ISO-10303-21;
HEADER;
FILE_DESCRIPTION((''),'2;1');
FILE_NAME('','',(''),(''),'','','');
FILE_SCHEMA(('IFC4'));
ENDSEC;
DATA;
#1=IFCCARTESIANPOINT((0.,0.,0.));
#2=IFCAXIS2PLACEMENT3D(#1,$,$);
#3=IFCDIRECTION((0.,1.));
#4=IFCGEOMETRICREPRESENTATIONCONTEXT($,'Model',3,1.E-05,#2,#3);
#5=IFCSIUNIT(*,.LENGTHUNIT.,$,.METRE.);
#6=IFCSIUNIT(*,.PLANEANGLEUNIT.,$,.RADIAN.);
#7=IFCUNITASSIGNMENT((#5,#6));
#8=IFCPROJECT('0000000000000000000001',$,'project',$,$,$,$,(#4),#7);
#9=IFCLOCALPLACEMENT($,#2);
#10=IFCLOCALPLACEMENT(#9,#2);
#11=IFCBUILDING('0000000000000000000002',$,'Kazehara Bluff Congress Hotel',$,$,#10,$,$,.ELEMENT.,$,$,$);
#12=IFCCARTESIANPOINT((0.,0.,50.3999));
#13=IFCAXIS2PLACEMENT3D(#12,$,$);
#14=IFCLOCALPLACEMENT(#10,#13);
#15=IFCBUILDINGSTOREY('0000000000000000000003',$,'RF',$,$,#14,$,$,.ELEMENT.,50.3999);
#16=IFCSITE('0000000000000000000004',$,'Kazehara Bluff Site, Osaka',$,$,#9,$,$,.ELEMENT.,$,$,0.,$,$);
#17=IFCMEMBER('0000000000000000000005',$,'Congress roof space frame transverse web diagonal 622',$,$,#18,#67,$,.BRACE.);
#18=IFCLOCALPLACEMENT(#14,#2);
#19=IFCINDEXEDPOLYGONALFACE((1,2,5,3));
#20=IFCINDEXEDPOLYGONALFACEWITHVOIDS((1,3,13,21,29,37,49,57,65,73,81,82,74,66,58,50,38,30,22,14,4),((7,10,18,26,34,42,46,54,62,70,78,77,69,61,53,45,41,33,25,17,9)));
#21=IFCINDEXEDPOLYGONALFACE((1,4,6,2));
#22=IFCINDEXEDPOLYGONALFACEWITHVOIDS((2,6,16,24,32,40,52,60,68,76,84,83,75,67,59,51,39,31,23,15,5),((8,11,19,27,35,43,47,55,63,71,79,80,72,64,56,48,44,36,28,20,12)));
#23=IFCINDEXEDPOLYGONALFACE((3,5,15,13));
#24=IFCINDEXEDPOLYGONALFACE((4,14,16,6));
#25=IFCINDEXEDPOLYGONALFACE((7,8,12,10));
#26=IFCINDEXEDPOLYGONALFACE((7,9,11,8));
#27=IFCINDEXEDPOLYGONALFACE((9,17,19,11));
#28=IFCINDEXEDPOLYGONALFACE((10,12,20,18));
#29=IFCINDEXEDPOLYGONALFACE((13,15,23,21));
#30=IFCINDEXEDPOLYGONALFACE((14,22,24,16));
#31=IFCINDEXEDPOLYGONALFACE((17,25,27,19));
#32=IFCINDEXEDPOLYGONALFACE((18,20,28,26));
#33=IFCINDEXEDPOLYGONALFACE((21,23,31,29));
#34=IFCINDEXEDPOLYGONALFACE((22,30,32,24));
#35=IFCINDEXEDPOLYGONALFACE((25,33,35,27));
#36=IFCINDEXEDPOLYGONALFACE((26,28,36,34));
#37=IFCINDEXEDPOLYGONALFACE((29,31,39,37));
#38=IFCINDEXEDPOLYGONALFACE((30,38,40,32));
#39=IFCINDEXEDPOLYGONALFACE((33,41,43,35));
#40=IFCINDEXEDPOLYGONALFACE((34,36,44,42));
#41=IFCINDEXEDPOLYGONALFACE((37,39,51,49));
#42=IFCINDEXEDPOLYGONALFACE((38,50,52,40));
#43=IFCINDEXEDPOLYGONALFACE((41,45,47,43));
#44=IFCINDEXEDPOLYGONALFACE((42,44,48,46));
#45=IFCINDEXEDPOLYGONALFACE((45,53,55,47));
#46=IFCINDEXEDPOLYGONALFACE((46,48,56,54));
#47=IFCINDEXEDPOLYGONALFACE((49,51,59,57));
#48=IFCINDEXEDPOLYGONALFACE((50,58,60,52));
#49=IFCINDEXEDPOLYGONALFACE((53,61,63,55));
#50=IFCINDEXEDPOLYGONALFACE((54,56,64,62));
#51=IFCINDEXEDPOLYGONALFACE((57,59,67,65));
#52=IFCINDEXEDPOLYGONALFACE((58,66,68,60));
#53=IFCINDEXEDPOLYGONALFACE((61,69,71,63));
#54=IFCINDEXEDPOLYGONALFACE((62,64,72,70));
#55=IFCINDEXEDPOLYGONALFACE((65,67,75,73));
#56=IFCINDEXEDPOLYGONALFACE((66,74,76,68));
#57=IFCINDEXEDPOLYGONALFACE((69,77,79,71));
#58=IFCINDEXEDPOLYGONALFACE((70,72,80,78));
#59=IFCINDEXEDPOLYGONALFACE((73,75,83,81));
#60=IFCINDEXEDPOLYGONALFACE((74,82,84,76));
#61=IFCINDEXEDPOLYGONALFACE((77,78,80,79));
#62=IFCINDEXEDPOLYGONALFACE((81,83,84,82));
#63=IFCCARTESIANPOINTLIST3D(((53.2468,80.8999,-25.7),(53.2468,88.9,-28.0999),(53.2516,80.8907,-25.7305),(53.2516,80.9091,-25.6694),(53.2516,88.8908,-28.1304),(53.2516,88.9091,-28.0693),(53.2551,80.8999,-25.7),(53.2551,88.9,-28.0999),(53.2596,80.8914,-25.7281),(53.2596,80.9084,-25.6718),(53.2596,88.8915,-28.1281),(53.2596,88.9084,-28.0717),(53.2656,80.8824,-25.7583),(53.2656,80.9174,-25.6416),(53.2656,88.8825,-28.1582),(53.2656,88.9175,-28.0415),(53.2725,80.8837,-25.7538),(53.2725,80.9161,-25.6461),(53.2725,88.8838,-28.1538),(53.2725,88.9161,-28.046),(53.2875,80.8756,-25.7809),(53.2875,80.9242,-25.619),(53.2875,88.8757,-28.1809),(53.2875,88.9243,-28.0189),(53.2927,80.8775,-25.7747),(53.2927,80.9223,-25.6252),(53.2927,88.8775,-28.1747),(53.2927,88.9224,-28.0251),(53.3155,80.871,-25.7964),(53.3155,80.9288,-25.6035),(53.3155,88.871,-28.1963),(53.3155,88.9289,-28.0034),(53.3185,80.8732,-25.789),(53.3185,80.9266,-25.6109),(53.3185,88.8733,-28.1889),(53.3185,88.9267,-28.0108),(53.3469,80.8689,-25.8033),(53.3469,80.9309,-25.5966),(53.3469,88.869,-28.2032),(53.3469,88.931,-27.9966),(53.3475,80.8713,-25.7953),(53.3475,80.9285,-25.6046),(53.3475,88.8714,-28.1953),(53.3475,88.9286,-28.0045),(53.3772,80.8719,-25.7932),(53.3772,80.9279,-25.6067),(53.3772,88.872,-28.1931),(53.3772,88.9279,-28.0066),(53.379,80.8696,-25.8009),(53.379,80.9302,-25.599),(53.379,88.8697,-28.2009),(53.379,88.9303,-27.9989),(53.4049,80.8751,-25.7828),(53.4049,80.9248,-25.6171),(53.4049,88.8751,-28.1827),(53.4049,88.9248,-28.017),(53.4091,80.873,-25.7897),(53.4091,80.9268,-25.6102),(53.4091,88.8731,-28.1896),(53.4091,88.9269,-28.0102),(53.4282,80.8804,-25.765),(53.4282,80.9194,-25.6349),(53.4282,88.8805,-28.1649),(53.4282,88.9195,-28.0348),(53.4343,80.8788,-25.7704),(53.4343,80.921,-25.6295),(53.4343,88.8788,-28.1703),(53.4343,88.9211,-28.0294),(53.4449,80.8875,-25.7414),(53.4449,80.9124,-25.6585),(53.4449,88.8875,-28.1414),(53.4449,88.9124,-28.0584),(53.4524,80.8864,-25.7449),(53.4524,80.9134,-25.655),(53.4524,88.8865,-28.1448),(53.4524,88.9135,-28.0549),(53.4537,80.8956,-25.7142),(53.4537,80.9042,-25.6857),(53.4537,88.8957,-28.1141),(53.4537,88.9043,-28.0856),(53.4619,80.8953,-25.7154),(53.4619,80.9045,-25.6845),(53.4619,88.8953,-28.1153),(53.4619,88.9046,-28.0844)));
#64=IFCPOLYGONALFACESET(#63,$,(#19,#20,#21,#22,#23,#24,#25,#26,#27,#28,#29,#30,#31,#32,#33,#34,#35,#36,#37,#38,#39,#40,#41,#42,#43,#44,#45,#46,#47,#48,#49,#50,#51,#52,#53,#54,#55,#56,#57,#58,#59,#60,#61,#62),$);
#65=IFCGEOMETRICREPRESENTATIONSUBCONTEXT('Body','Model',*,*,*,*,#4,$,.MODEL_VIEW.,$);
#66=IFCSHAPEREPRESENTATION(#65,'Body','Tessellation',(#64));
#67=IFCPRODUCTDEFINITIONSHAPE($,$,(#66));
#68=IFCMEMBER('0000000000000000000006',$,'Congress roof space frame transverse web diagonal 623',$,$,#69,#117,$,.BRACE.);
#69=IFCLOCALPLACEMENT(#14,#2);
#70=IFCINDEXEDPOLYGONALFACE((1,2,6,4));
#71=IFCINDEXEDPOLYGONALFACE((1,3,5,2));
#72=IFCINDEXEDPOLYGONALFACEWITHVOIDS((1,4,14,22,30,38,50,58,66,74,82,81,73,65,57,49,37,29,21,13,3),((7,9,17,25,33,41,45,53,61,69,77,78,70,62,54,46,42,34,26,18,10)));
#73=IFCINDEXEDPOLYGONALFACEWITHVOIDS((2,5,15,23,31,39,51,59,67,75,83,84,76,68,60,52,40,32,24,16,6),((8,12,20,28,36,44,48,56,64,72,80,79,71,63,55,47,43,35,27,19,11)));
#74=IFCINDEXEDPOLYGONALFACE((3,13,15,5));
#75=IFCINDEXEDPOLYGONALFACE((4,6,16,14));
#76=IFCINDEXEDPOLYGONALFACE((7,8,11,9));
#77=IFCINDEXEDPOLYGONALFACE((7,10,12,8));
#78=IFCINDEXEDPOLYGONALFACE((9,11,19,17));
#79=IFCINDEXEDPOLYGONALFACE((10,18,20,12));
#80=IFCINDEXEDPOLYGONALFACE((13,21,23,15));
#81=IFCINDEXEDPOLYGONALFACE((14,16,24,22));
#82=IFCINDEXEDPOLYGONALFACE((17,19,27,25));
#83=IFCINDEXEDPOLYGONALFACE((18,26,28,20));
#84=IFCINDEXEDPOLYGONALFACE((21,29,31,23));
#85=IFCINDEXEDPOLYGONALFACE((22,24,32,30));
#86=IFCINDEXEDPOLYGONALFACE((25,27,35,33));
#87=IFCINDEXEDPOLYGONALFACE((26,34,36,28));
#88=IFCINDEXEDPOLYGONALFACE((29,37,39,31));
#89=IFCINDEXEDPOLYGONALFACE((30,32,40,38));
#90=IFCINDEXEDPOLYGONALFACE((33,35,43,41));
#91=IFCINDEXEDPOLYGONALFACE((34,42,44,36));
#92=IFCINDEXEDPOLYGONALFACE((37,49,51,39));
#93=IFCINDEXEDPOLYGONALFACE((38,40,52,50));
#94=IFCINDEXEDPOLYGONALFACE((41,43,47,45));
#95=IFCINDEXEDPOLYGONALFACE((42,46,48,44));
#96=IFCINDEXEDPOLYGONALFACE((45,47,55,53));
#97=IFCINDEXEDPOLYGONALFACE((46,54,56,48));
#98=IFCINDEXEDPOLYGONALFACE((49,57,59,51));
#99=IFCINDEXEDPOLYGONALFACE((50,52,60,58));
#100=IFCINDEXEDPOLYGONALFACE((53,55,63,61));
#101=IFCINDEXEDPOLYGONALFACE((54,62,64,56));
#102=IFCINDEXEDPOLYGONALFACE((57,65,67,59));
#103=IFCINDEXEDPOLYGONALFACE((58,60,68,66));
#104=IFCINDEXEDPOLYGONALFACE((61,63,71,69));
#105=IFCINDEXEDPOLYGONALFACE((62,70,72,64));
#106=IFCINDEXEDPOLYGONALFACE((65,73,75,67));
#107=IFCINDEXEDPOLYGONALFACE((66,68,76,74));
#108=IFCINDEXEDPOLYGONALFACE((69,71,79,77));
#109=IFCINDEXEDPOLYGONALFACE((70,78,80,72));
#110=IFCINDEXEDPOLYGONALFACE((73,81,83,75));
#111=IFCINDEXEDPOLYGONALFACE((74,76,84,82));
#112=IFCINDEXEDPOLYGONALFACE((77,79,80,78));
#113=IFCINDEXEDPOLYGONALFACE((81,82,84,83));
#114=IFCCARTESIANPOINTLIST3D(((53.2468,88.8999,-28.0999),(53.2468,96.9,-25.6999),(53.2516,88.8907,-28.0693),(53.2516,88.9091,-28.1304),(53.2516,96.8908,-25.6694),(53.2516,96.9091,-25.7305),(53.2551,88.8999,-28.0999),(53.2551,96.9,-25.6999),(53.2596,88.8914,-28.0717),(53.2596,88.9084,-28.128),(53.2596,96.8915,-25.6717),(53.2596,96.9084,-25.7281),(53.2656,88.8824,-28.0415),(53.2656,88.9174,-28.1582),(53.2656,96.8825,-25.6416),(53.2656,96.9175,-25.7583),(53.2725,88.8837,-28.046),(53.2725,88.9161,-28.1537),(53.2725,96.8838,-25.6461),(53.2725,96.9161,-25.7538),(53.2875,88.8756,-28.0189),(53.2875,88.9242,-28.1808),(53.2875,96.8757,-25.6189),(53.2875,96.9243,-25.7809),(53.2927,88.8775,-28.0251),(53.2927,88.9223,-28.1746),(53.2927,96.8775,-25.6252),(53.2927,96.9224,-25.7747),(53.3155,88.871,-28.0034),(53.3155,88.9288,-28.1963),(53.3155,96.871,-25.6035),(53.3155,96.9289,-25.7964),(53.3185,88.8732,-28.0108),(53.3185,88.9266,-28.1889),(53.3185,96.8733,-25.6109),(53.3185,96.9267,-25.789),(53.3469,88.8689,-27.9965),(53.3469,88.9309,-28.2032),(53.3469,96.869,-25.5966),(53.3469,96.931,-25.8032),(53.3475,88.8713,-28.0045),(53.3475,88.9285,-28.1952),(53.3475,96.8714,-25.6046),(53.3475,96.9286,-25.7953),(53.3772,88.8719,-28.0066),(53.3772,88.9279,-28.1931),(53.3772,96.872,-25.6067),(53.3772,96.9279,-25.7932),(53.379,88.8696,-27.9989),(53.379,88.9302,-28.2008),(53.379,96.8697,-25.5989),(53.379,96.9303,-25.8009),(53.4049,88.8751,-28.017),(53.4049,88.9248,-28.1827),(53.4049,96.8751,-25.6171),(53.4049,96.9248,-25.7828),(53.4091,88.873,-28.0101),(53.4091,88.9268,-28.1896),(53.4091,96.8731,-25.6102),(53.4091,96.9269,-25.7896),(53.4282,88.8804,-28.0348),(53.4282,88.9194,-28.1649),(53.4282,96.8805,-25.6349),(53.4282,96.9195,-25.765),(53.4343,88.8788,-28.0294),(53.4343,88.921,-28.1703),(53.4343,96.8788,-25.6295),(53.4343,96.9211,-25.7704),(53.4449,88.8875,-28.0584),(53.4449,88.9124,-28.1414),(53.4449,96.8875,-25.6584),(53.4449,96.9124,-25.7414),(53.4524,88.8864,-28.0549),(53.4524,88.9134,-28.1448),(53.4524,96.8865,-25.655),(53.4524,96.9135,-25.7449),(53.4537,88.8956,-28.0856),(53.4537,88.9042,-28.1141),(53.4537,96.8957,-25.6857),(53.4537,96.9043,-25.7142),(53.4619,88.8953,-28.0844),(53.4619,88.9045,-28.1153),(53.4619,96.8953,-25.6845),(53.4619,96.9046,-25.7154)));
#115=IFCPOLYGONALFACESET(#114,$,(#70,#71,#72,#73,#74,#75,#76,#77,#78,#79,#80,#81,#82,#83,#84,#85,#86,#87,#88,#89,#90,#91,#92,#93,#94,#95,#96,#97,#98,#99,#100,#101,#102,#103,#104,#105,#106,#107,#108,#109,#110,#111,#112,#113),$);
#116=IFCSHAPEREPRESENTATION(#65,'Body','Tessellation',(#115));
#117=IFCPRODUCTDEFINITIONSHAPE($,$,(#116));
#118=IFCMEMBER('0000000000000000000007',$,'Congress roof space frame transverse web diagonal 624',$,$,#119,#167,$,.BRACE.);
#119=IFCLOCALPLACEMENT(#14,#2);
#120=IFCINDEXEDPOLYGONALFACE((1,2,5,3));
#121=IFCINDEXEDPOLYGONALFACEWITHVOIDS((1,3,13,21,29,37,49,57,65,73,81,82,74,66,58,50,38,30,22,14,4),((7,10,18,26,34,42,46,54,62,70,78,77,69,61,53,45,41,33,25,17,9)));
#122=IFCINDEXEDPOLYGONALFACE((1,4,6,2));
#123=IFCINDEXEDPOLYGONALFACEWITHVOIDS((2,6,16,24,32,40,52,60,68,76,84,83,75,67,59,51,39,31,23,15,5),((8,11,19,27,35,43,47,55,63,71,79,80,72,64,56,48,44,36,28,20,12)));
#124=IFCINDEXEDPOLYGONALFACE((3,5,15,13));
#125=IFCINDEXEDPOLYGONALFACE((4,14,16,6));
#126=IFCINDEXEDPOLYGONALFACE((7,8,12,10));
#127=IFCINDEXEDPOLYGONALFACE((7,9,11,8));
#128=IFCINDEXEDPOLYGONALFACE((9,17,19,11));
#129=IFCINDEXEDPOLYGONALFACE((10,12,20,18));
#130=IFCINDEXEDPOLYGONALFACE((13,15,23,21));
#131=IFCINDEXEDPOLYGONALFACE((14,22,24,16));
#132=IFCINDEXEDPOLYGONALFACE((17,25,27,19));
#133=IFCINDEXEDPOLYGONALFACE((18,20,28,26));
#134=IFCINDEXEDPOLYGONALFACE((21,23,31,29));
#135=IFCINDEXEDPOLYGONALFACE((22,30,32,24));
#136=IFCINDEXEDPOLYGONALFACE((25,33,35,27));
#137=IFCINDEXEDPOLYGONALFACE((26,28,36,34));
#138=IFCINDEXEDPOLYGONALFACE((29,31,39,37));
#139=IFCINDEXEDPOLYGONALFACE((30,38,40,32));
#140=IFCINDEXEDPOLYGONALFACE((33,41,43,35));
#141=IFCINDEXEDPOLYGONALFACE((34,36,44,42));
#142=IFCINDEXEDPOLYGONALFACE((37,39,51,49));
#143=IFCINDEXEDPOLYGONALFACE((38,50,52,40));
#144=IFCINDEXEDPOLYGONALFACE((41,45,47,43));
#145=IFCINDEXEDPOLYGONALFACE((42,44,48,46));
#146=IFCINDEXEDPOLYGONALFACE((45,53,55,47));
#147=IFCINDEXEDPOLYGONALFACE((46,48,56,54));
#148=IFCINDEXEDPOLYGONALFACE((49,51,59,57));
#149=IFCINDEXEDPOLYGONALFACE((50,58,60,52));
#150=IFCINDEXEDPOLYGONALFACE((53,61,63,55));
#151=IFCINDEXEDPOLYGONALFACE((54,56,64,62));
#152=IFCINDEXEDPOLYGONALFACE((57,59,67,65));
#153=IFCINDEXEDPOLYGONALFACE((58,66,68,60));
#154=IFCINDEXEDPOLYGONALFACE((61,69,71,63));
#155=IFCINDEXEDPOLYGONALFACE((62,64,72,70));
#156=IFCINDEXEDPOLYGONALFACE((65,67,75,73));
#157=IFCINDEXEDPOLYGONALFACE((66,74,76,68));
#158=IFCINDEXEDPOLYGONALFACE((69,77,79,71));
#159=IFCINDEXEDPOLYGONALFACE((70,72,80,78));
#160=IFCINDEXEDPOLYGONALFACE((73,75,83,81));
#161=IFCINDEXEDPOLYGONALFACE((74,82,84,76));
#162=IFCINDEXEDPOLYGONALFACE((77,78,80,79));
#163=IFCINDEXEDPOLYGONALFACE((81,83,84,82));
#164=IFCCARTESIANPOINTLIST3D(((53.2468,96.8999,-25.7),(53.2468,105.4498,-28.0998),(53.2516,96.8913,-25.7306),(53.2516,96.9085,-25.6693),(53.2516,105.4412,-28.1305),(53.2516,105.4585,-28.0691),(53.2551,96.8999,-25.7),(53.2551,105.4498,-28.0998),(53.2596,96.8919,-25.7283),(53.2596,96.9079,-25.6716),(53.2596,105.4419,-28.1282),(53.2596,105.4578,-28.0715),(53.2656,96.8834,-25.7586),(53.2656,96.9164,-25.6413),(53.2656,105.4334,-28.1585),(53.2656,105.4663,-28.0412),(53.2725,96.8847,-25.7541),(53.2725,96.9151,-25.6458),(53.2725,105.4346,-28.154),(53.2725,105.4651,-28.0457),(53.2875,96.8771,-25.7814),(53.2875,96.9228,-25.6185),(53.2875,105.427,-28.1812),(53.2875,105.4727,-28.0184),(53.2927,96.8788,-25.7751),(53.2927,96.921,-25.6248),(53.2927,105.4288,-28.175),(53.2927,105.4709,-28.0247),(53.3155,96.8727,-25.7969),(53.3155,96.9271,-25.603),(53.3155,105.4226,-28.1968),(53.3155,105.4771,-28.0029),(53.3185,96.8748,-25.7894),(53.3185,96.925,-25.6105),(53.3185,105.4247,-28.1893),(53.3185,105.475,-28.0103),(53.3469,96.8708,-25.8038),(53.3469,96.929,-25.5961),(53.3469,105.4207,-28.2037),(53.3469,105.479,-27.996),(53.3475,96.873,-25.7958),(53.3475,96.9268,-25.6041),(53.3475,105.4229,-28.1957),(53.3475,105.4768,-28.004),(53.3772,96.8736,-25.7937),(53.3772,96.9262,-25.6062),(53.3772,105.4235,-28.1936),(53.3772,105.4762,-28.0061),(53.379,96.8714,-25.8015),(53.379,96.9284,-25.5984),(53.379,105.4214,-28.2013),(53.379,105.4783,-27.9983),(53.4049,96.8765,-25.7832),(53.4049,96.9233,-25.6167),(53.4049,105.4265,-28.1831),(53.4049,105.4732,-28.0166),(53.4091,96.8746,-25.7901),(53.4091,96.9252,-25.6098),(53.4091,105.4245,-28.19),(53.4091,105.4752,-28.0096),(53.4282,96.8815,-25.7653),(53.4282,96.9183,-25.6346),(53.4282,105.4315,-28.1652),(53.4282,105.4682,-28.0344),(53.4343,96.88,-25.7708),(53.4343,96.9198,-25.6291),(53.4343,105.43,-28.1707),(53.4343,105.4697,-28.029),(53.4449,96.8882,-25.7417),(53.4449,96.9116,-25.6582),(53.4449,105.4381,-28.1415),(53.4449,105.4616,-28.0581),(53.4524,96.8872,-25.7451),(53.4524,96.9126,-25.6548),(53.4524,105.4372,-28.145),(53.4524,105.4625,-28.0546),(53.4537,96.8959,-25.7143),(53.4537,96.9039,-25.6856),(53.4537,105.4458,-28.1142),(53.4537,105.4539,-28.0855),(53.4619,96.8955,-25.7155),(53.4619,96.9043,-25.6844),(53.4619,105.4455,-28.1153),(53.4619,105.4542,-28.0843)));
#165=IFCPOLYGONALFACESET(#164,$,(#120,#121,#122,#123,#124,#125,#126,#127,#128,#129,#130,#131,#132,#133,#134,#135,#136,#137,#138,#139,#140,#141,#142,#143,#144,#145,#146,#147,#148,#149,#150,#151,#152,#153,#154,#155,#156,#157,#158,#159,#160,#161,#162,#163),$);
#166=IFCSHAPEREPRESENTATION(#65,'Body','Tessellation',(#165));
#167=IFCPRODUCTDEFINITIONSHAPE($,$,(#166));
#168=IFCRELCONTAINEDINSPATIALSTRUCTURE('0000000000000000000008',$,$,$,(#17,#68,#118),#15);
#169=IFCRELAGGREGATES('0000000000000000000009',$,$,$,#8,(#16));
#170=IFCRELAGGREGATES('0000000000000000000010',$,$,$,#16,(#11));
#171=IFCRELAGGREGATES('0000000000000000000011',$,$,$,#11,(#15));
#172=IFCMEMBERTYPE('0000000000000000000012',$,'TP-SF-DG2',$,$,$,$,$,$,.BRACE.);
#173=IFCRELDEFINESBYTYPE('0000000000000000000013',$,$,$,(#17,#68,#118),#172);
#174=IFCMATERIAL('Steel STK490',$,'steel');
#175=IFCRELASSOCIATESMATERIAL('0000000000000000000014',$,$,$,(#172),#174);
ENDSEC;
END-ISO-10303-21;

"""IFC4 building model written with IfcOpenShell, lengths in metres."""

from ifc_helpers import new_model, si_unit, direction, frame, origin, origin_2d, place, context, subcontext, project, spatial, hollow_circle, extrude, material, material_profile, profile_set, type_object, element, save


model = new_model("IFC4")

# Units and contexts
model_context = context("Model", 3, precision=1e-05, world=origin(), true_north=direction((0.0, 1.0)))
body_context = subcontext(model_context, "Body", "Model", "MODEL_VIEW")
ifc_project = project(units=[si_unit("LENGTHUNIT", "METRE"), si_unit("PLANEANGLEUNIT", "RADIAN")], contexts=[model_context])

# Site, building, storey
site_placement = place(None, origin())
site = spatial("IfcSite", under=ifc_project, at=site_placement, Name="Kazehara Bluff Site, Osaka", CompositionType="ELEMENT", RefElevation=0.0)
building_placement = place(site_placement, origin())
building = spatial("IfcBuilding", under=site, at=building_placement, Name="Kazehara Bluff Congress Hotel", CompositionType="ELEMENT")
storey_placement = place(building_placement, frame((0.0, 0.0, 50.3999)))
storey = spatial("IfcBuildingStorey", under=building, at=storey_placement, Name="RF", CompositionType="ELEMENT", Elevation=50.3999)

# Members
ifc_material_1 = material(Name="Steel STK490", Category="steel")
ifc_material_profile_1 = material_profile(ifc_material_1, hollow_circle(Radius=0.1082, WallThickness=0.0083, at=origin_2d()))
ifc_profile_set_1 = profile_set([ifc_material_profile_1], Name="Steel STK490")
member_type_1 = type_object("IfcMemberType", Name="TP-SF-DG2", PredefinedType="BRACE", material=ifc_profile_set_1)
for number, where, z_axis, x_axis, name in (
    (1, (53.355, 80.8999, -25.7), (0.0, 0.95783, -0.287337), (-1.0, 0.0, 0.0), "Congress roof space frame transverse web diagonal 622"),
    (2, (53.355, 88.8999, -28.0999), (0.0, 0.95783, 0.287337), (-1.0, 0.0, 0.0), "Congress roof space frame transverse web diagonal 623"),
):
    element("IfcMember", number, at=place(storey_placement, frame(where, z_axis=z_axis, x_axis=x_axis)), inside=storey, type_object=member_type_1, Name=name, PredefinedType="BRACE", context=body_context, shape_type="SweptSolid", body=[
        extrude(hollow_circle(Radius=0.1082, WallThickness=0.0083, at=origin_2d()), origin(), (0.0, 0.0, 1.0), 8.3523),
    ])
member_1_placement = place(storey_placement, frame((53.355, 96.8999, -25.7), z_axis=(0.0, 0.962792, -0.270245), x_axis=(-1.0, 0.0, 0.0)))
element("IfcMember", 3, at=member_1_placement, inside=storey, type_object=member_type_1, Name="Congress roof space frame transverse web diagonal 624", PredefinedType="BRACE", context=body_context, shape_type="SweptSolid", body=[
    extrude(hollow_circle(Radius=0.1082, WallThickness=0.0083, at=origin_2d()), origin(), (0.0, 0.0, 1.0), 8.8804),
])

save(model, "model.ifc")
